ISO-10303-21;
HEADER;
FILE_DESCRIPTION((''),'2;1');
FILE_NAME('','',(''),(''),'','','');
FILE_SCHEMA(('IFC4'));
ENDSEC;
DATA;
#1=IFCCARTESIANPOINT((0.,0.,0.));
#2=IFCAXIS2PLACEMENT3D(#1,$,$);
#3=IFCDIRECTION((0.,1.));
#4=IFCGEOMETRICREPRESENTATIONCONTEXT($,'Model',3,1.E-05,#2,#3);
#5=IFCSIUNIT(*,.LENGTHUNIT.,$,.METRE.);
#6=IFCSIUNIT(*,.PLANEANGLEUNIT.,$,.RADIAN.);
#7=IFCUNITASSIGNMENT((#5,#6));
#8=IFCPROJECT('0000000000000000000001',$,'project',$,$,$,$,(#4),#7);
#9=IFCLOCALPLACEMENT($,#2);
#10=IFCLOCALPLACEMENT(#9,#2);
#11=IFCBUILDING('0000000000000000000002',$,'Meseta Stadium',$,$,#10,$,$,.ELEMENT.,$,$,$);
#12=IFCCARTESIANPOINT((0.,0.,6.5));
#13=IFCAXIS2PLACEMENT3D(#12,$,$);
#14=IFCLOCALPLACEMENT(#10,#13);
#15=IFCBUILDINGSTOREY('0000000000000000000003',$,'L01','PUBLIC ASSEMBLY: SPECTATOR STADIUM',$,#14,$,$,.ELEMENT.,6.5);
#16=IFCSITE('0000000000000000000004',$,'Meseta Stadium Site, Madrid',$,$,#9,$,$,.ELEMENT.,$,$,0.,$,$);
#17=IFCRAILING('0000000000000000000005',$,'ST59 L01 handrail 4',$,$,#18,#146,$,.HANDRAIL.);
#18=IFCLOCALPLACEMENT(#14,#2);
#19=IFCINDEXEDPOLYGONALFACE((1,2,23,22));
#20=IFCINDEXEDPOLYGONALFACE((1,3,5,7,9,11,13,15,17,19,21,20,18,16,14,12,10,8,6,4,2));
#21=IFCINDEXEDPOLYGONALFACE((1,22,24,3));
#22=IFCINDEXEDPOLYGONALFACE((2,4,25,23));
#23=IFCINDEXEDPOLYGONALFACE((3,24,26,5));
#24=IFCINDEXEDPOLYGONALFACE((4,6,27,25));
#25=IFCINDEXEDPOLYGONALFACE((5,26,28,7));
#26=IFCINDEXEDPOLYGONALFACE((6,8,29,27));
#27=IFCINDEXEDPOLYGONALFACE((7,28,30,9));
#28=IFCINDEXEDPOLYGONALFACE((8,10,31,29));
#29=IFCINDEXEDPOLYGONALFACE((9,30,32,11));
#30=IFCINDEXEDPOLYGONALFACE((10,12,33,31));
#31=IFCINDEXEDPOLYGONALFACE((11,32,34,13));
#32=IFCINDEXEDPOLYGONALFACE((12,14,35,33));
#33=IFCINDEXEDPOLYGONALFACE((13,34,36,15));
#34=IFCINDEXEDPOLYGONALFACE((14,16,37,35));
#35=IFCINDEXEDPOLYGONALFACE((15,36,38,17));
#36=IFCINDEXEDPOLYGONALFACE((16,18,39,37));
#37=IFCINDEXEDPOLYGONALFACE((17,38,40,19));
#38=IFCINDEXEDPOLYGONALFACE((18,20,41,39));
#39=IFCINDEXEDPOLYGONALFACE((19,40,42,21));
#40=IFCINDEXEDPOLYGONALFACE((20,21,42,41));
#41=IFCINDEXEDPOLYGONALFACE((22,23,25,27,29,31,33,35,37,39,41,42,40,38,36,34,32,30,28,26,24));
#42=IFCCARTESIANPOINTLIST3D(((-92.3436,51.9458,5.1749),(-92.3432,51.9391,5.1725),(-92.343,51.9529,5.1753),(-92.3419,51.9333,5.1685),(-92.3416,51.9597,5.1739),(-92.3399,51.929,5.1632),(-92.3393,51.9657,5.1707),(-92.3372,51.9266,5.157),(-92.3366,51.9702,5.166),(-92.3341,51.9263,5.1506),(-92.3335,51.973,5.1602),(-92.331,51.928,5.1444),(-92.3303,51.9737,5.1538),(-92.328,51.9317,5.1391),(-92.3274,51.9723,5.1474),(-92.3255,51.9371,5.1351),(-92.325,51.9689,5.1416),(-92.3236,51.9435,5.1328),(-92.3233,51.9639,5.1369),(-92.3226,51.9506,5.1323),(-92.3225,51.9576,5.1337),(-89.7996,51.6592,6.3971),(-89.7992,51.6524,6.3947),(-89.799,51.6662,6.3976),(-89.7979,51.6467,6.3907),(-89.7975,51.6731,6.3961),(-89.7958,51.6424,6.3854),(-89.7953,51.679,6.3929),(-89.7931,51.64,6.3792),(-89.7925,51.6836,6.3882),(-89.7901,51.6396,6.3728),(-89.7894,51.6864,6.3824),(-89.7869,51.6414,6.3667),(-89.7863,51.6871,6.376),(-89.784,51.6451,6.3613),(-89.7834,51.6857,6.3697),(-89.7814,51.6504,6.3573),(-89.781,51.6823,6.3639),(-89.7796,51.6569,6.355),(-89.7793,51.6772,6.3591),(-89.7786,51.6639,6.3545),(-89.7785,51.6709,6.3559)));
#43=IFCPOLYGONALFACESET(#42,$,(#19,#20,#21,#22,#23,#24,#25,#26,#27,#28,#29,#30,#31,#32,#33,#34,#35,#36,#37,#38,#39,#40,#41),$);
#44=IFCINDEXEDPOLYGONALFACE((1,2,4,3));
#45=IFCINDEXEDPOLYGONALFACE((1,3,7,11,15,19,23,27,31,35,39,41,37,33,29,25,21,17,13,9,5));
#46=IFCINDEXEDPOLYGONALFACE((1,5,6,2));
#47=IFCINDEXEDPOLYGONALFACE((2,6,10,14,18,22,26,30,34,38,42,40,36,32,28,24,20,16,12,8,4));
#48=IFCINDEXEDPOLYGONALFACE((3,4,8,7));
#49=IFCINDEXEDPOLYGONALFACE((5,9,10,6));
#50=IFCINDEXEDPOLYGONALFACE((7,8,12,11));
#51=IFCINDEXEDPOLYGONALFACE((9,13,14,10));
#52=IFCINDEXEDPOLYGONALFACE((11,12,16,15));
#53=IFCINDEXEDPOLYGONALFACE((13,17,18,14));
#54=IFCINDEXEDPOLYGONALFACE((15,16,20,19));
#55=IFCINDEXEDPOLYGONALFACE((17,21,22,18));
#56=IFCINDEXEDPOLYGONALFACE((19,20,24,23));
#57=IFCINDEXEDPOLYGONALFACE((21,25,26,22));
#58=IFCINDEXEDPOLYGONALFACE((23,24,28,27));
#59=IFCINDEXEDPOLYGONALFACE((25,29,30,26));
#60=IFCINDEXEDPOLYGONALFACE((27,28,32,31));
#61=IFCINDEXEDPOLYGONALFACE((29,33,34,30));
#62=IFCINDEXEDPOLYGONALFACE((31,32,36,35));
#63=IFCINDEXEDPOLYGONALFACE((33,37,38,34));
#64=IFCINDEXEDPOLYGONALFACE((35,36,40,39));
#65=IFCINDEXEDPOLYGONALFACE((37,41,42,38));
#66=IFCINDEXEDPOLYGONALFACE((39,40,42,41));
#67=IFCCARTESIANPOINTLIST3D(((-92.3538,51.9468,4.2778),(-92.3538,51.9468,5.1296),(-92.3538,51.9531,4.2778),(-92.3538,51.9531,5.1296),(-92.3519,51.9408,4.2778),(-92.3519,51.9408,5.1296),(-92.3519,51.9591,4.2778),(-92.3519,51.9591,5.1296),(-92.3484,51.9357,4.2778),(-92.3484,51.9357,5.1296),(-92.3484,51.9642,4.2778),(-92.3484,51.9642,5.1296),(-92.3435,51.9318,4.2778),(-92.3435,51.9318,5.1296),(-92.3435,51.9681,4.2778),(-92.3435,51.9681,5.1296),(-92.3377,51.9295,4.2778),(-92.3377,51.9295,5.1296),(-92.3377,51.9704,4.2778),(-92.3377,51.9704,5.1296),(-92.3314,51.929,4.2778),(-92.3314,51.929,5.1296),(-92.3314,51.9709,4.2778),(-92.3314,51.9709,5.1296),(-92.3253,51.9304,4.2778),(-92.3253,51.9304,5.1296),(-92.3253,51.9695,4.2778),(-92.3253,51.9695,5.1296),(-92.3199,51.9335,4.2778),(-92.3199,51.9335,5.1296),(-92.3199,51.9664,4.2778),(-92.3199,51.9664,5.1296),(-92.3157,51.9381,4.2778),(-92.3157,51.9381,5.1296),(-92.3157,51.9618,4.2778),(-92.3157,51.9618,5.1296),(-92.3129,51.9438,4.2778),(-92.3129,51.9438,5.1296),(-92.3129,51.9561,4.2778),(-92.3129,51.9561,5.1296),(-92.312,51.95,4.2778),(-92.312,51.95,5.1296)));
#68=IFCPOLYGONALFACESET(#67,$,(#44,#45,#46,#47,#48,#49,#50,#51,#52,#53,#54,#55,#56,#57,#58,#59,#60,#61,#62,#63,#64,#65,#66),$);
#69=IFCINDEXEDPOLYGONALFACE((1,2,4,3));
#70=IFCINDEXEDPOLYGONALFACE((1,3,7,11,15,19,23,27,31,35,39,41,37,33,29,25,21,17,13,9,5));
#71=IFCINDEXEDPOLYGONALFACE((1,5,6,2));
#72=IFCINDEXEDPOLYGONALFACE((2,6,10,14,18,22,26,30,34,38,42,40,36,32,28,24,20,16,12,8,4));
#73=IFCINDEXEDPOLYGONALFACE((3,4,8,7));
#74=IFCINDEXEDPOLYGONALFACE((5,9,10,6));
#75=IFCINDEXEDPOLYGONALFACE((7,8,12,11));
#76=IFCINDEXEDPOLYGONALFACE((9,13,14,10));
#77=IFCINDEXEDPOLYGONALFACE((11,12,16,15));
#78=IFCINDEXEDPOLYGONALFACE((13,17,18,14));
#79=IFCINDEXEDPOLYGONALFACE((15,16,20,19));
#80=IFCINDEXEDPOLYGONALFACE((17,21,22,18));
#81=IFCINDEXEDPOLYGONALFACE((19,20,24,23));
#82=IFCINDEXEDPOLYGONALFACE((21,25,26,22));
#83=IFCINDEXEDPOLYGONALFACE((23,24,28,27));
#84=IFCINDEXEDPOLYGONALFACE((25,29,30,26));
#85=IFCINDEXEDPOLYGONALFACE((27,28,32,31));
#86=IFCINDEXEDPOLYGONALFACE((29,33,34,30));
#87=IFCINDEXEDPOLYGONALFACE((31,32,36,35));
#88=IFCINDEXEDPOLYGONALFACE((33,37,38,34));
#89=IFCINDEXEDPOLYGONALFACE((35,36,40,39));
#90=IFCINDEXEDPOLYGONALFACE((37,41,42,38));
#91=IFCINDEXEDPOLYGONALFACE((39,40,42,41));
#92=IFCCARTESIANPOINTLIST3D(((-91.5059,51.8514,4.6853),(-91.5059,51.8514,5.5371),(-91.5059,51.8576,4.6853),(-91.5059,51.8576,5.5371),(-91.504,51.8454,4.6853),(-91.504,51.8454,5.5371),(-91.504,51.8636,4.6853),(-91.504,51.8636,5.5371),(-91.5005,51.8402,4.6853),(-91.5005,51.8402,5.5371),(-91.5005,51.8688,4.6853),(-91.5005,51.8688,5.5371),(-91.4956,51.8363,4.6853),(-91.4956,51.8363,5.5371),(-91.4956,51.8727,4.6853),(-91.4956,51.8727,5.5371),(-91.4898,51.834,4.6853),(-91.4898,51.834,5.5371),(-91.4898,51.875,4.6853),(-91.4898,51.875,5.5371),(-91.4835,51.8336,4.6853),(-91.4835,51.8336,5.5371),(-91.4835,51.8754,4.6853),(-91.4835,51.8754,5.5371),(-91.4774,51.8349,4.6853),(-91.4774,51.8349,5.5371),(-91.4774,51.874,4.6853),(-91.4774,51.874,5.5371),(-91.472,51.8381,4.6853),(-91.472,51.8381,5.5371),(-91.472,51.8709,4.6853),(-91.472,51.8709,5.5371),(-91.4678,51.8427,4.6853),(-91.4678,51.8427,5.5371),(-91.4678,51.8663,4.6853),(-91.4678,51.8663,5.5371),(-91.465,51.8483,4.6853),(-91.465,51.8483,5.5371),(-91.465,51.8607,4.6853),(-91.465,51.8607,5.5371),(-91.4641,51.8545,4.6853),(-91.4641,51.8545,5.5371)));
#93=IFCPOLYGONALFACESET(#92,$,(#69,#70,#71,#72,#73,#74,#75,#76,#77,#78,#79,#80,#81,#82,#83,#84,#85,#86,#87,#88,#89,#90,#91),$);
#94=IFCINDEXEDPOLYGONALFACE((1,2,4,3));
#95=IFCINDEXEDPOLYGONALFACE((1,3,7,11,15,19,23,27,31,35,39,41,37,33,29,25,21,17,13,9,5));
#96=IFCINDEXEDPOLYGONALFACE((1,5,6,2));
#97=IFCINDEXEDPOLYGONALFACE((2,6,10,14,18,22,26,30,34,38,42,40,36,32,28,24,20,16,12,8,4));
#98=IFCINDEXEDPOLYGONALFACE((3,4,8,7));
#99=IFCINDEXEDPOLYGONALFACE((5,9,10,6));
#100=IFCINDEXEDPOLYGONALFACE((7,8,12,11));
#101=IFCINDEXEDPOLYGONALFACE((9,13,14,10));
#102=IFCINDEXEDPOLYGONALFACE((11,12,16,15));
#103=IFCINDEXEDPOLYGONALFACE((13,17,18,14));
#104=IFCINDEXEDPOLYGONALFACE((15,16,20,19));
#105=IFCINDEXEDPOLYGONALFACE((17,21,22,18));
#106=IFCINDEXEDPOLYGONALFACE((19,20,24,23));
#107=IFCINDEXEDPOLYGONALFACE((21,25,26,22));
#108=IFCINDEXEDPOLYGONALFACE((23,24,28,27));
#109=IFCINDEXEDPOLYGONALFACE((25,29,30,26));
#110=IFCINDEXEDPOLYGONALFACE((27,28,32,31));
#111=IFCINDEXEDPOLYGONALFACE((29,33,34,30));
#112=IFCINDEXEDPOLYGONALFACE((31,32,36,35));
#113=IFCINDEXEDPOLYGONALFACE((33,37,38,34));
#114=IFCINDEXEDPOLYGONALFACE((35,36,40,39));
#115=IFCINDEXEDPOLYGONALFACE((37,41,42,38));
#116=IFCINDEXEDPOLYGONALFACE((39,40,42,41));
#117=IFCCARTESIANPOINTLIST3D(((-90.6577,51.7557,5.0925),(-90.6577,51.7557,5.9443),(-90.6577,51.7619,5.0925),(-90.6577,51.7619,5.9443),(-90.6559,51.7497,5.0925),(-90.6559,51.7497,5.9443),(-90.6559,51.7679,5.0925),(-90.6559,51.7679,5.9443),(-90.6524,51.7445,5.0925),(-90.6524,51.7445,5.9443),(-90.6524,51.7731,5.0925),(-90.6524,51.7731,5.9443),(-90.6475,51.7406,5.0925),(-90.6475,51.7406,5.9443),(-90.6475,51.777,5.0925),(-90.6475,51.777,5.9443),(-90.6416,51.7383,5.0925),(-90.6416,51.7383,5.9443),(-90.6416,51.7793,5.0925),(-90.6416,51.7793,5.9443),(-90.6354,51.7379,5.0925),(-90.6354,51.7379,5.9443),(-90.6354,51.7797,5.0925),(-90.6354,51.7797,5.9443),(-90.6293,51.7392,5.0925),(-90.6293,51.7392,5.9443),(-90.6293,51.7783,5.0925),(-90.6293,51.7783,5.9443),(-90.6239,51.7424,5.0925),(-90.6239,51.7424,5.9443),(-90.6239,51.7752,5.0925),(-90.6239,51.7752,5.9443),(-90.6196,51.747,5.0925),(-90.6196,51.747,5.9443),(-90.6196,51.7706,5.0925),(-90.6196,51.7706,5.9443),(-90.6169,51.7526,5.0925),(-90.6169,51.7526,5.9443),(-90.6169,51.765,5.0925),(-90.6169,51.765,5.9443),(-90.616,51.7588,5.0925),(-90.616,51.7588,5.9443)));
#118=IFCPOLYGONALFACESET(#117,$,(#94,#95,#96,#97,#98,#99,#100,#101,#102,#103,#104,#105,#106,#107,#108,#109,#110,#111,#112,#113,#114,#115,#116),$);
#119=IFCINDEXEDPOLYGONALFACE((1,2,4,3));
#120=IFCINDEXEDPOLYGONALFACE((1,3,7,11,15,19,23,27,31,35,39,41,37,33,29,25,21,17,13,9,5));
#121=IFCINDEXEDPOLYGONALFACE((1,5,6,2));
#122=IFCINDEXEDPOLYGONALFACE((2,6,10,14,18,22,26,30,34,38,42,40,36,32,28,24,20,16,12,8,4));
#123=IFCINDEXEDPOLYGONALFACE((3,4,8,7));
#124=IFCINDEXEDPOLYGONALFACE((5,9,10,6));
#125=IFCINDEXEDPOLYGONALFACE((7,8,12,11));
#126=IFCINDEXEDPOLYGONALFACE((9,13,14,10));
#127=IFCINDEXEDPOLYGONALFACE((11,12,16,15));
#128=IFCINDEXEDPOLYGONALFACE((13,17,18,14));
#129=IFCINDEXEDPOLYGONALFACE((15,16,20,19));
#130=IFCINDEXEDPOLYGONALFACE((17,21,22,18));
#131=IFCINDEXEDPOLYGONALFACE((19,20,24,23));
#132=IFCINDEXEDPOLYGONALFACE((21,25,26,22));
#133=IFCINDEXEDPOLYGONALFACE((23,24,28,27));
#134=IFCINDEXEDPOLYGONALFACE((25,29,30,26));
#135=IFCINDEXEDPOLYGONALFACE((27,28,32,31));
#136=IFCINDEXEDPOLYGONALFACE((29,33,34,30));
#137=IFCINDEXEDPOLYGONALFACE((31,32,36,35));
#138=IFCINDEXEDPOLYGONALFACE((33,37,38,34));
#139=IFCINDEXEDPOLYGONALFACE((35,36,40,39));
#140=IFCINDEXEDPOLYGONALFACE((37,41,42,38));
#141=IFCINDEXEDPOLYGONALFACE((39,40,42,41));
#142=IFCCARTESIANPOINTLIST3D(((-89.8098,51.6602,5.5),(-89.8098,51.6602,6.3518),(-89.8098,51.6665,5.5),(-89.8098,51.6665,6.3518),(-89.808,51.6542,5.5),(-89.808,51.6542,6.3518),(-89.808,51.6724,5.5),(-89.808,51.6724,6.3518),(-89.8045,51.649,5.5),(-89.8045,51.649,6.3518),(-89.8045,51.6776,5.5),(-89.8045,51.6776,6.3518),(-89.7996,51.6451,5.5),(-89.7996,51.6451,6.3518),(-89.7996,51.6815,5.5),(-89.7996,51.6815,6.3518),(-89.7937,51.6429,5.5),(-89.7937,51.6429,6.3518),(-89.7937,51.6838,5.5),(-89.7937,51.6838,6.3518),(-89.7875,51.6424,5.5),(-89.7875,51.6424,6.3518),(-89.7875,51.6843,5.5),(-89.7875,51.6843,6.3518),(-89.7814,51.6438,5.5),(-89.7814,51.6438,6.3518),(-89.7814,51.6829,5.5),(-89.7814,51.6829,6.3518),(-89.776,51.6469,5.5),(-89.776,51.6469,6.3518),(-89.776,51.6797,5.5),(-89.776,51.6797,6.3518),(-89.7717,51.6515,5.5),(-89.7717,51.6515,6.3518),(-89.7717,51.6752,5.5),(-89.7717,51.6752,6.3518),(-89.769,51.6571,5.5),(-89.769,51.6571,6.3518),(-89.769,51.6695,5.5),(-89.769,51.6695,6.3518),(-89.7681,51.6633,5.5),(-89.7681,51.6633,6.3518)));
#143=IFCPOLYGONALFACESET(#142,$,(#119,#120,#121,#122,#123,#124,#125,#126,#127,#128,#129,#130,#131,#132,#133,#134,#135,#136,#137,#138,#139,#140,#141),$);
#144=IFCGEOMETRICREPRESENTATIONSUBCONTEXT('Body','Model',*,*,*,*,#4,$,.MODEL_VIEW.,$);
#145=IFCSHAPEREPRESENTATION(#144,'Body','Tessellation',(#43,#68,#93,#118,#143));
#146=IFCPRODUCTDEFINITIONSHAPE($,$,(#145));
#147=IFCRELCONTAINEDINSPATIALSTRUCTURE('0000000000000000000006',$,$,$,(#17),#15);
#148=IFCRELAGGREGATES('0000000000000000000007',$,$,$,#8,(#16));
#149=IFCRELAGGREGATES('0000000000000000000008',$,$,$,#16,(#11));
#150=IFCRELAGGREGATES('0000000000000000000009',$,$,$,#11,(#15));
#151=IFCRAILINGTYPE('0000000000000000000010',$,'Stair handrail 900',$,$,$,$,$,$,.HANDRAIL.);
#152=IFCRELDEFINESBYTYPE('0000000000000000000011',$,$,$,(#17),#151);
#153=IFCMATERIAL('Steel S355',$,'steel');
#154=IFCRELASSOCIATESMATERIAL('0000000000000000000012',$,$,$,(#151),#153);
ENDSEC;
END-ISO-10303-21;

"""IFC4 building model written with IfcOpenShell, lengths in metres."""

from ifc_helpers import new_model, si_unit, direction, frame, origin, origin_2d, place, context, subcontext, project, spatial, circle, extrude, material, type_object, element, save


model = new_model("IFC4")

# Units and contexts
model_context = context("Model", 3, precision=1e-05, world=origin(), true_north=direction((0.0, 1.0)))
body_context = subcontext(model_context, "Body", "Model", "MODEL_VIEW")
ifc_project = project(units=[si_unit("LENGTHUNIT", "METRE"), si_unit("PLANEANGLEUNIT", "RADIAN")], contexts=[model_context])

# Site, building, storey
site_placement = place(None, origin())
site = spatial("IfcSite", under=ifc_project, at=site_placement, Name="Meseta Stadium Site, Madrid", CompositionType="ELEMENT", RefElevation=0.0)
building_placement = place(site_placement, origin())
building = spatial("IfcBuilding", under=site, at=building_placement, Name="Meseta Stadium", CompositionType="ELEMENT")
storey_placement = place(building_placement, frame((0.0, 0.0, 6.5)))
storey = spatial("IfcBuildingStorey", under=building, at=storey_placement, Name="L01", Description="PUBLIC ASSEMBLY: SPECTATOR STADIUM", CompositionType="ELEMENT", Elevation=6.5)

# Railing
ifc_material_1 = material(Name="Steel S355", Category="steel")
railing_type_1 = type_object("IfcRailingType", Name="Stair handrail 900", PredefinedType="HANDRAIL", material=ifc_material_1)
for number, where, name in (
    (1, (-92.333, 51.95, 4.2778), "ST59 L01 handrail 4"),
):
    element("IfcRailing", number, at=place(storey_placement, frame(where)), inside=storey, type_object=railing_type_1, Name=name, PredefinedType="HANDRAIL", context=body_context, shape_type="SweptSolid", body=[
        extrude(circle(Radius=0.0239, at=origin_2d()), frame((0.0, 0.0, 0.876), z_axis=(0.896762, -0.101036, 0.430824), x_axis=(0.11196, 0.993713, 0.0)), (0.0, 0.0, 1.0), 2.8369),
        extrude(circle(Radius=0.021, at=origin_2d()), origin(), (0.0, 0.0, 1.0), 0.8518),
        extrude(circle(Radius=0.021, at=origin_2d()), frame((0.8479, -0.0955, 0.4075)), (0.0, 0.0, 1.0), 0.8518),
        extrude(circle(Radius=0.021, at=origin_2d()), frame((1.696, -0.1912, 0.8147)), (0.0, 0.0, 1.0), 0.8518),
        extrude(circle(Radius=0.021, at=origin_2d()), frame((2.5439, -0.2866, 1.2222)), (0.0, 0.0, 1.0), 0.8518),
    ])

save(model, "model.ifc")
